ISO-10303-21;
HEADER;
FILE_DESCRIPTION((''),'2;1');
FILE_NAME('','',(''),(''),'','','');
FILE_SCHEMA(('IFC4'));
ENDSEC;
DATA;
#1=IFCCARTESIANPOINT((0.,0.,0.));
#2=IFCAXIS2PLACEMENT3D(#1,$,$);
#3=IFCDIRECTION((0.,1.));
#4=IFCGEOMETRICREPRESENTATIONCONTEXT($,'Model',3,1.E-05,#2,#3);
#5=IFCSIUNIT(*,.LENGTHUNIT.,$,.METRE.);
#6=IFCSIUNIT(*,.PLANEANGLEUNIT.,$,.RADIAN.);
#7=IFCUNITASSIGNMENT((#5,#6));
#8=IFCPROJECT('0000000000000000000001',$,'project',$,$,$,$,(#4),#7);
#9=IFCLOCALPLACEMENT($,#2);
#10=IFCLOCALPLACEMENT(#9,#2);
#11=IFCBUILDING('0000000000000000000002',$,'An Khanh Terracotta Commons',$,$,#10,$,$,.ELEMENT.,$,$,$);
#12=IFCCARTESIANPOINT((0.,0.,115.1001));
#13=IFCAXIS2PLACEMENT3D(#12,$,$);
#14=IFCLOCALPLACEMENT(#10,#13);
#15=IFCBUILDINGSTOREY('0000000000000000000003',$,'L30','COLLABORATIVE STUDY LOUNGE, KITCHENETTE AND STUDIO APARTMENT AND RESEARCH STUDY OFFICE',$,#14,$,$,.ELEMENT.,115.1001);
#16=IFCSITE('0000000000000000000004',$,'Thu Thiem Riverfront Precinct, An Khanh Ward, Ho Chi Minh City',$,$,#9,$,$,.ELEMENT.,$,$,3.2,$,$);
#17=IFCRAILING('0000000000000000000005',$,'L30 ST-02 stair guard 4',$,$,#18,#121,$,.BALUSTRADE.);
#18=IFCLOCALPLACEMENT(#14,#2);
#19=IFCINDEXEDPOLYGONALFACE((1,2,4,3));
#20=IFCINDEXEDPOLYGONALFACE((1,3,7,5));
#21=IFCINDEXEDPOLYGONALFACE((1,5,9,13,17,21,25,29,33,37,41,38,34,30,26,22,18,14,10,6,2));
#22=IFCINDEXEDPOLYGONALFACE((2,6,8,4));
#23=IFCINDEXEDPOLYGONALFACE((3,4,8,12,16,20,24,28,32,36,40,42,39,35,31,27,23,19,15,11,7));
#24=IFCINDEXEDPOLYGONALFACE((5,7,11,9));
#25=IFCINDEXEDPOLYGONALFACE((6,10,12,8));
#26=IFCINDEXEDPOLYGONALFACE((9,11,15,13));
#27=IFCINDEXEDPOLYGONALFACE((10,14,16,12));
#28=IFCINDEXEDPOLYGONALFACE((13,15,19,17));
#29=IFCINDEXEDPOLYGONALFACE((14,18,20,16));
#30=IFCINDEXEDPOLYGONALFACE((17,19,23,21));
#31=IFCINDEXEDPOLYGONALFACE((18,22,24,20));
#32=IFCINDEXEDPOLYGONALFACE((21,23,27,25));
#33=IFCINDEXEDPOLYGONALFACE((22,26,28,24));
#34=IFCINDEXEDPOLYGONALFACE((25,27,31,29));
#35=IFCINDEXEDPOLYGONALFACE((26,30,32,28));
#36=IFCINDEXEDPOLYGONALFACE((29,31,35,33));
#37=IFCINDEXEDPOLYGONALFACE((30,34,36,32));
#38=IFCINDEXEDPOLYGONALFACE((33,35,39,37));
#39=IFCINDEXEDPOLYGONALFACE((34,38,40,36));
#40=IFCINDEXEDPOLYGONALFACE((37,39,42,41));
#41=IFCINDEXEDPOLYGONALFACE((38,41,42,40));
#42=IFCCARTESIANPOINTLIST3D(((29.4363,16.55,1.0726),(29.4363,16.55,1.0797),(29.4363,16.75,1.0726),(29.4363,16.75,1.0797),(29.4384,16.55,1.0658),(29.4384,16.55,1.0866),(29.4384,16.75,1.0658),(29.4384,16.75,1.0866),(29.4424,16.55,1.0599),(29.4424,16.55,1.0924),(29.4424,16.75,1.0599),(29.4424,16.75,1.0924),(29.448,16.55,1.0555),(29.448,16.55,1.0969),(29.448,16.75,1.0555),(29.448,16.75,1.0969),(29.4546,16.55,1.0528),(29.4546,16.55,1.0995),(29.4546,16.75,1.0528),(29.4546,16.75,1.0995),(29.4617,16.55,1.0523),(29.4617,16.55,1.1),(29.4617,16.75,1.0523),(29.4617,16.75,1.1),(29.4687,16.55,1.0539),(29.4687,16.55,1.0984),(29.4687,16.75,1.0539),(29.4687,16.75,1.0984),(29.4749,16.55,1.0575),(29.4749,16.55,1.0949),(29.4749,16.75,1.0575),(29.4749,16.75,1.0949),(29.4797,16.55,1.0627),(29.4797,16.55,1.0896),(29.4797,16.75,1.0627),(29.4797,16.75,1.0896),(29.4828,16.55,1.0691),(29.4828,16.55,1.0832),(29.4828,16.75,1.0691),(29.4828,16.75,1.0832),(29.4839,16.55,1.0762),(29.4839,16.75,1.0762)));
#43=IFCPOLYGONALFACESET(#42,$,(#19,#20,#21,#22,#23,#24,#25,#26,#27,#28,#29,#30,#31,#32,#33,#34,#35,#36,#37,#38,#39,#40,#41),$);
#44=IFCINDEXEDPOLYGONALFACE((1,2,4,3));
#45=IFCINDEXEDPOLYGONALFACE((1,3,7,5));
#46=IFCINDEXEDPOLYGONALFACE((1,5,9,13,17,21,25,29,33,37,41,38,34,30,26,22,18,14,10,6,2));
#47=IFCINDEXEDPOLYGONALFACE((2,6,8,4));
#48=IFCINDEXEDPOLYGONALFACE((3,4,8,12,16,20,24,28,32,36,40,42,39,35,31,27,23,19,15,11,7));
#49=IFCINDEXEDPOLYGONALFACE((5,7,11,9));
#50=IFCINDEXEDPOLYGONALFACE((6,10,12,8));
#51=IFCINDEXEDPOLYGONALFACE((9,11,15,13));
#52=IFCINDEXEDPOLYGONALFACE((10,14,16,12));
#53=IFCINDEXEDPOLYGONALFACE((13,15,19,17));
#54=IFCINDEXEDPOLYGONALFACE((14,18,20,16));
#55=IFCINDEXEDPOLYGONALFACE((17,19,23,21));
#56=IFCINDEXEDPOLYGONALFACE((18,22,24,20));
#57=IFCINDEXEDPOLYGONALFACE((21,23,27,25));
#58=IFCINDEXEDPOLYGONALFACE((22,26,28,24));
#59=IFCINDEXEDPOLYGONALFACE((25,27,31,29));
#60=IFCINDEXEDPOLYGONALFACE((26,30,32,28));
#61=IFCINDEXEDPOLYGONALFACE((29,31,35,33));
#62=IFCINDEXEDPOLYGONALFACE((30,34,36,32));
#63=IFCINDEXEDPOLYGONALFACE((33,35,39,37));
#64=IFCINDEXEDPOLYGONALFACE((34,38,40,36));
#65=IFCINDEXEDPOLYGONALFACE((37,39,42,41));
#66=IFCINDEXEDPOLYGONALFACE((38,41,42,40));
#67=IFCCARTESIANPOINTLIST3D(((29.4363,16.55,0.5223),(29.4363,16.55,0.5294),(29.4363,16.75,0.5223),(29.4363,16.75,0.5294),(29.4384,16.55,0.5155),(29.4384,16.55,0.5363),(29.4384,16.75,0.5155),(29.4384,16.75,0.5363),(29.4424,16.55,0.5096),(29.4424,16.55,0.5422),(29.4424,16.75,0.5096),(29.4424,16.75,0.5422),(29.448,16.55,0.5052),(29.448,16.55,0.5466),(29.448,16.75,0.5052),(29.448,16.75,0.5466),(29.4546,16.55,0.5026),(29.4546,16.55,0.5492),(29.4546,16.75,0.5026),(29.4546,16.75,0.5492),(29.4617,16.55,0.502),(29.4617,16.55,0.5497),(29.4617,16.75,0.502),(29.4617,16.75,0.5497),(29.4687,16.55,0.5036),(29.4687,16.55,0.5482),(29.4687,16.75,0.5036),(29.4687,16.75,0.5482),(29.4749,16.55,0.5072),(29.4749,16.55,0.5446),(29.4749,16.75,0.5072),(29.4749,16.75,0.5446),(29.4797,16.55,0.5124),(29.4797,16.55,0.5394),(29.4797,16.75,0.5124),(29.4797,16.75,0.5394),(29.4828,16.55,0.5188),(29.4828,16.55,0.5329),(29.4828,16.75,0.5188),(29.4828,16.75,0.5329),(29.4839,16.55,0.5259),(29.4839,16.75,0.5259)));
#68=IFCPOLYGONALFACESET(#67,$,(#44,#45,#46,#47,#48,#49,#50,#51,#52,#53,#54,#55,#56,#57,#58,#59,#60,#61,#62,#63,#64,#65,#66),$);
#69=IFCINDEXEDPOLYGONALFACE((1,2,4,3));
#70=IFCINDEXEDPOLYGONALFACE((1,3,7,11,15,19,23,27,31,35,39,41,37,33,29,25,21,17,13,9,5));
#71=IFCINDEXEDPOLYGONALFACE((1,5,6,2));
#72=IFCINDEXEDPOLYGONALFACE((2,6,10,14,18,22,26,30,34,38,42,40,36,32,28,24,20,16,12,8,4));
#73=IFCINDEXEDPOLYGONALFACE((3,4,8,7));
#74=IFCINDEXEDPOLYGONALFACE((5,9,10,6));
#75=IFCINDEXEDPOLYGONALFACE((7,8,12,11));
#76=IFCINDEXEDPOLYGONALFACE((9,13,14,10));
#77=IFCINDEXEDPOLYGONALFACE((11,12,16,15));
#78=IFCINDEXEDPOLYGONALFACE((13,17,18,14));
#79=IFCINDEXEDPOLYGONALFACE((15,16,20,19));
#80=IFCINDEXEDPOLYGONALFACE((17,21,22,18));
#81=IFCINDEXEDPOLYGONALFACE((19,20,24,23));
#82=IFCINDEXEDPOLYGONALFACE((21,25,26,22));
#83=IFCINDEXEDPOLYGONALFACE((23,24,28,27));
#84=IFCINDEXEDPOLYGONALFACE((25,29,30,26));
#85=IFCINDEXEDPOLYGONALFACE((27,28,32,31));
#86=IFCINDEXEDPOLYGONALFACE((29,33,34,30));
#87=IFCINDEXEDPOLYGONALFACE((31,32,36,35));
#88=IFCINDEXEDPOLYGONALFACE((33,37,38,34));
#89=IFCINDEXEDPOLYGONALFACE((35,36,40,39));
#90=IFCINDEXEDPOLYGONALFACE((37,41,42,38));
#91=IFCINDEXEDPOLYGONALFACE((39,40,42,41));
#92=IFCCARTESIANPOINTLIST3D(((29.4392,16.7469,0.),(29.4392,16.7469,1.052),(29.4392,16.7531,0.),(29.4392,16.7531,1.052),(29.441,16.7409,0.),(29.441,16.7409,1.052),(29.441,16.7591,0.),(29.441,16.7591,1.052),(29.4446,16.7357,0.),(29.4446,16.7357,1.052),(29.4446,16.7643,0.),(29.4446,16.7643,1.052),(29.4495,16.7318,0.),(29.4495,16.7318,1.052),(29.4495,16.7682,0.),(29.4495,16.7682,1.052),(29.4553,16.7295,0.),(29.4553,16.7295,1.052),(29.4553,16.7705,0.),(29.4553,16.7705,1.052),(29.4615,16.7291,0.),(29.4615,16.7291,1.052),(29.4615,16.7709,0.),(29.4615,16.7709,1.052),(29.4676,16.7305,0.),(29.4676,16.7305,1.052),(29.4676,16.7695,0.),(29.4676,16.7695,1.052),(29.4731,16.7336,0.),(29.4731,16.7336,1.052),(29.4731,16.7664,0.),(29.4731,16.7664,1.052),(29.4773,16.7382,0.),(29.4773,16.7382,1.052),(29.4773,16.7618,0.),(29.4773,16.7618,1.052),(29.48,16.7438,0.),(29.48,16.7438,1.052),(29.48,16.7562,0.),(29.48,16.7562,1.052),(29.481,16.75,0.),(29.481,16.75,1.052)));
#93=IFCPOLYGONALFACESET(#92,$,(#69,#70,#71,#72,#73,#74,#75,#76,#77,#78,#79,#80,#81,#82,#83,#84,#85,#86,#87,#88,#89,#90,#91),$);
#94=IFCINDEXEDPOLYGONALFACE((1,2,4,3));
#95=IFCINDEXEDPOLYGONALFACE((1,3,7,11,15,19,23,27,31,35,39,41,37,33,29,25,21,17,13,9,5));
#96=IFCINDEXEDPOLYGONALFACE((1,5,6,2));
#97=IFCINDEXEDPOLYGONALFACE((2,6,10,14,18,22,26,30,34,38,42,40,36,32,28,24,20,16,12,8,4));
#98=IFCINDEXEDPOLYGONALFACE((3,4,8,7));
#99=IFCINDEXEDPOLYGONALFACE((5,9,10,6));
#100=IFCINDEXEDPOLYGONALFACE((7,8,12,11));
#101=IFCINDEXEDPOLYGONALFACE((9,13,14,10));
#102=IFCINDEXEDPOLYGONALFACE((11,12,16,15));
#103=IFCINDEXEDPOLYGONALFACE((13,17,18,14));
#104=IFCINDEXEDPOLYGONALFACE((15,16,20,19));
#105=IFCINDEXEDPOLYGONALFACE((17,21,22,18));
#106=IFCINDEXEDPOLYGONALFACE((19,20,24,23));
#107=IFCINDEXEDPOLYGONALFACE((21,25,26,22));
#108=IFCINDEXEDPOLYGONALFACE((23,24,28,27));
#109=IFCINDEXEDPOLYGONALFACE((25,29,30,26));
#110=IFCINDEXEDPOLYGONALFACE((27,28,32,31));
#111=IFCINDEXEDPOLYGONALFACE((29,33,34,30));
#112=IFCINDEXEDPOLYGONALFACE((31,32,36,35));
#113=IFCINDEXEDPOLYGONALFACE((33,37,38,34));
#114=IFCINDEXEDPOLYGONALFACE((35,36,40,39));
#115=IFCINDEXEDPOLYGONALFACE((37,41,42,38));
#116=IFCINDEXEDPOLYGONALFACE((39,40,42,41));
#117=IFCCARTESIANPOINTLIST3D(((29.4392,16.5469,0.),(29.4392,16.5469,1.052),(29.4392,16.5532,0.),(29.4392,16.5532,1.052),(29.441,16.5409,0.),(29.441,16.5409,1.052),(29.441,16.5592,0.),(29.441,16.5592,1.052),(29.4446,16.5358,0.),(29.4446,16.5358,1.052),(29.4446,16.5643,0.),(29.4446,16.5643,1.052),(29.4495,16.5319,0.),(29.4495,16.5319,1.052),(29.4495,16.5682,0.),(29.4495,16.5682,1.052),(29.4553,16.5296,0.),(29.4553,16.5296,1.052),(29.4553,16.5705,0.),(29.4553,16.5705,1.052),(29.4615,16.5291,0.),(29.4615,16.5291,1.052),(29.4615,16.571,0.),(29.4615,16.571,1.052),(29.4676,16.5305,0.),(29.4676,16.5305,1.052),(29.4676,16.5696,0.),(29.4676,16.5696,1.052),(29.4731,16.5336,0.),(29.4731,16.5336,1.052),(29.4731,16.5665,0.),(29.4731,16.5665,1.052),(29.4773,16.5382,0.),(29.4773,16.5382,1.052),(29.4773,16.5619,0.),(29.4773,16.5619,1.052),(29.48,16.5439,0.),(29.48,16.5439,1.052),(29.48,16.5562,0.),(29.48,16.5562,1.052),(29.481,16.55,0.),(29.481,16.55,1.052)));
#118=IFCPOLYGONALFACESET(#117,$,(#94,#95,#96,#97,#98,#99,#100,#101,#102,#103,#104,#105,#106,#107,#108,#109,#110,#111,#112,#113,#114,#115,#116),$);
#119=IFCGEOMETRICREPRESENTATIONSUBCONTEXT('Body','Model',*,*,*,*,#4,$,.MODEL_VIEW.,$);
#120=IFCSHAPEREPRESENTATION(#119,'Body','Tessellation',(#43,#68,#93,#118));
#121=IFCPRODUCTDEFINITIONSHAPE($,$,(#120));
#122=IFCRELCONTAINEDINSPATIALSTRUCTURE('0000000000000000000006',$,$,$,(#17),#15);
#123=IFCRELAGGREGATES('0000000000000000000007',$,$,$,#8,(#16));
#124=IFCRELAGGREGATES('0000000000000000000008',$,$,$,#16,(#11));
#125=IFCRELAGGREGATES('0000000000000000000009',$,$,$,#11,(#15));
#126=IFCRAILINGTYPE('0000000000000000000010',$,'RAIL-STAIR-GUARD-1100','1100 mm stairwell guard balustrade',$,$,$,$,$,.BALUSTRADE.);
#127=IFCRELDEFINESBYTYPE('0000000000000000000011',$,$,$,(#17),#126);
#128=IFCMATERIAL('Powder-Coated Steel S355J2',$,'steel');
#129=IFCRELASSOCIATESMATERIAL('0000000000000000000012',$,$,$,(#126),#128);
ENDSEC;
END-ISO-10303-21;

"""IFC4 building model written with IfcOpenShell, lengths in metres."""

from ifc_helpers import new_model, si_unit, direction, frame, origin, origin_2d, place, context, subcontext, project, spatial, circle, extrude, material, type_object, element, save


model = new_model("IFC4")

# Units and contexts
model_context = context("Model", 3, precision=1e-05, world=origin(), true_north=direction((0.0, 1.0)))
body_context = subcontext(model_context, "Body", "Model", "MODEL_VIEW")
ifc_project = project(units=[si_unit("LENGTHUNIT", "METRE"), si_unit("PLANEANGLEUNIT", "RADIAN")], contexts=[model_context])

# Site, building, storey
site_placement = place(None, origin())
site = spatial("IfcSite", under=ifc_project, at=site_placement, Name="Thu Thiem Riverfront Precinct, An Khanh Ward, Ho Chi Minh City", CompositionType="ELEMENT", RefElevation=3.2)
building_placement = place(site_placement, origin())
building = spatial("IfcBuilding", under=site, at=building_placement, Name="An Khanh Terracotta Commons", CompositionType="ELEMENT")
storey_placement = place(building_placement, frame((0.0, 0.0, 115.1001)))
storey = spatial("IfcBuildingStorey", under=building, at=storey_placement, Name="L30", Description="COLLABORATIVE STUDY LOUNGE, KITCHENETTE AND STUDIO APARTMENT AND RESEARCH STUDY OFFICE", CompositionType="ELEMENT", Elevation=115.1001)

# Railing
ifc_material_1 = material(Name="Powder-Coated Steel S355J2", Category="steel")
railing_type_1 = type_object("IfcRailingType", Name="RAIL-STAIR-GUARD-1100", Description="1100 mm stairwell guard balustrade", PredefinedType="BALUSTRADE", material=ifc_material_1)
railing_1_placement = place(storey_placement, frame((29.46, 16.75, 0.0)))
element("IfcRailing", 1, at=railing_1_placement, inside=storey, type_object=railing_type_1, Name="L30 ST-02 stair guard 4", PredefinedType="BALUSTRADE", context=body_context, shape_type="SweptSolid", body=[
    extrude(circle(Radius=0.0239, at=origin_2d()), frame((0.0, 0.0, 1.0762), z_axis=(0.0, -1.0, 0.0), x_axis=(1.0, 0.0, 0.0)), (0.0, 0.0, 1.0), 0.2),
    extrude(circle(Radius=0.0239, at=origin_2d()), frame((0.0, 0.0, 0.5259), z_axis=(0.0, -1.0, 0.0), x_axis=(1.0, 0.0, 0.0)), (0.0, 0.0, 1.0), 0.2),
    extrude(circle(Radius=0.021, at=origin_2d()), origin(), (0.0, 0.0, 1.0), 1.052),
    extrude(circle(Radius=0.021, at=origin_2d()), frame((0.0, -0.2, 0.0)), (0.0, 0.0, 1.0), 1.052),
])

save(model, "model.ifc")
